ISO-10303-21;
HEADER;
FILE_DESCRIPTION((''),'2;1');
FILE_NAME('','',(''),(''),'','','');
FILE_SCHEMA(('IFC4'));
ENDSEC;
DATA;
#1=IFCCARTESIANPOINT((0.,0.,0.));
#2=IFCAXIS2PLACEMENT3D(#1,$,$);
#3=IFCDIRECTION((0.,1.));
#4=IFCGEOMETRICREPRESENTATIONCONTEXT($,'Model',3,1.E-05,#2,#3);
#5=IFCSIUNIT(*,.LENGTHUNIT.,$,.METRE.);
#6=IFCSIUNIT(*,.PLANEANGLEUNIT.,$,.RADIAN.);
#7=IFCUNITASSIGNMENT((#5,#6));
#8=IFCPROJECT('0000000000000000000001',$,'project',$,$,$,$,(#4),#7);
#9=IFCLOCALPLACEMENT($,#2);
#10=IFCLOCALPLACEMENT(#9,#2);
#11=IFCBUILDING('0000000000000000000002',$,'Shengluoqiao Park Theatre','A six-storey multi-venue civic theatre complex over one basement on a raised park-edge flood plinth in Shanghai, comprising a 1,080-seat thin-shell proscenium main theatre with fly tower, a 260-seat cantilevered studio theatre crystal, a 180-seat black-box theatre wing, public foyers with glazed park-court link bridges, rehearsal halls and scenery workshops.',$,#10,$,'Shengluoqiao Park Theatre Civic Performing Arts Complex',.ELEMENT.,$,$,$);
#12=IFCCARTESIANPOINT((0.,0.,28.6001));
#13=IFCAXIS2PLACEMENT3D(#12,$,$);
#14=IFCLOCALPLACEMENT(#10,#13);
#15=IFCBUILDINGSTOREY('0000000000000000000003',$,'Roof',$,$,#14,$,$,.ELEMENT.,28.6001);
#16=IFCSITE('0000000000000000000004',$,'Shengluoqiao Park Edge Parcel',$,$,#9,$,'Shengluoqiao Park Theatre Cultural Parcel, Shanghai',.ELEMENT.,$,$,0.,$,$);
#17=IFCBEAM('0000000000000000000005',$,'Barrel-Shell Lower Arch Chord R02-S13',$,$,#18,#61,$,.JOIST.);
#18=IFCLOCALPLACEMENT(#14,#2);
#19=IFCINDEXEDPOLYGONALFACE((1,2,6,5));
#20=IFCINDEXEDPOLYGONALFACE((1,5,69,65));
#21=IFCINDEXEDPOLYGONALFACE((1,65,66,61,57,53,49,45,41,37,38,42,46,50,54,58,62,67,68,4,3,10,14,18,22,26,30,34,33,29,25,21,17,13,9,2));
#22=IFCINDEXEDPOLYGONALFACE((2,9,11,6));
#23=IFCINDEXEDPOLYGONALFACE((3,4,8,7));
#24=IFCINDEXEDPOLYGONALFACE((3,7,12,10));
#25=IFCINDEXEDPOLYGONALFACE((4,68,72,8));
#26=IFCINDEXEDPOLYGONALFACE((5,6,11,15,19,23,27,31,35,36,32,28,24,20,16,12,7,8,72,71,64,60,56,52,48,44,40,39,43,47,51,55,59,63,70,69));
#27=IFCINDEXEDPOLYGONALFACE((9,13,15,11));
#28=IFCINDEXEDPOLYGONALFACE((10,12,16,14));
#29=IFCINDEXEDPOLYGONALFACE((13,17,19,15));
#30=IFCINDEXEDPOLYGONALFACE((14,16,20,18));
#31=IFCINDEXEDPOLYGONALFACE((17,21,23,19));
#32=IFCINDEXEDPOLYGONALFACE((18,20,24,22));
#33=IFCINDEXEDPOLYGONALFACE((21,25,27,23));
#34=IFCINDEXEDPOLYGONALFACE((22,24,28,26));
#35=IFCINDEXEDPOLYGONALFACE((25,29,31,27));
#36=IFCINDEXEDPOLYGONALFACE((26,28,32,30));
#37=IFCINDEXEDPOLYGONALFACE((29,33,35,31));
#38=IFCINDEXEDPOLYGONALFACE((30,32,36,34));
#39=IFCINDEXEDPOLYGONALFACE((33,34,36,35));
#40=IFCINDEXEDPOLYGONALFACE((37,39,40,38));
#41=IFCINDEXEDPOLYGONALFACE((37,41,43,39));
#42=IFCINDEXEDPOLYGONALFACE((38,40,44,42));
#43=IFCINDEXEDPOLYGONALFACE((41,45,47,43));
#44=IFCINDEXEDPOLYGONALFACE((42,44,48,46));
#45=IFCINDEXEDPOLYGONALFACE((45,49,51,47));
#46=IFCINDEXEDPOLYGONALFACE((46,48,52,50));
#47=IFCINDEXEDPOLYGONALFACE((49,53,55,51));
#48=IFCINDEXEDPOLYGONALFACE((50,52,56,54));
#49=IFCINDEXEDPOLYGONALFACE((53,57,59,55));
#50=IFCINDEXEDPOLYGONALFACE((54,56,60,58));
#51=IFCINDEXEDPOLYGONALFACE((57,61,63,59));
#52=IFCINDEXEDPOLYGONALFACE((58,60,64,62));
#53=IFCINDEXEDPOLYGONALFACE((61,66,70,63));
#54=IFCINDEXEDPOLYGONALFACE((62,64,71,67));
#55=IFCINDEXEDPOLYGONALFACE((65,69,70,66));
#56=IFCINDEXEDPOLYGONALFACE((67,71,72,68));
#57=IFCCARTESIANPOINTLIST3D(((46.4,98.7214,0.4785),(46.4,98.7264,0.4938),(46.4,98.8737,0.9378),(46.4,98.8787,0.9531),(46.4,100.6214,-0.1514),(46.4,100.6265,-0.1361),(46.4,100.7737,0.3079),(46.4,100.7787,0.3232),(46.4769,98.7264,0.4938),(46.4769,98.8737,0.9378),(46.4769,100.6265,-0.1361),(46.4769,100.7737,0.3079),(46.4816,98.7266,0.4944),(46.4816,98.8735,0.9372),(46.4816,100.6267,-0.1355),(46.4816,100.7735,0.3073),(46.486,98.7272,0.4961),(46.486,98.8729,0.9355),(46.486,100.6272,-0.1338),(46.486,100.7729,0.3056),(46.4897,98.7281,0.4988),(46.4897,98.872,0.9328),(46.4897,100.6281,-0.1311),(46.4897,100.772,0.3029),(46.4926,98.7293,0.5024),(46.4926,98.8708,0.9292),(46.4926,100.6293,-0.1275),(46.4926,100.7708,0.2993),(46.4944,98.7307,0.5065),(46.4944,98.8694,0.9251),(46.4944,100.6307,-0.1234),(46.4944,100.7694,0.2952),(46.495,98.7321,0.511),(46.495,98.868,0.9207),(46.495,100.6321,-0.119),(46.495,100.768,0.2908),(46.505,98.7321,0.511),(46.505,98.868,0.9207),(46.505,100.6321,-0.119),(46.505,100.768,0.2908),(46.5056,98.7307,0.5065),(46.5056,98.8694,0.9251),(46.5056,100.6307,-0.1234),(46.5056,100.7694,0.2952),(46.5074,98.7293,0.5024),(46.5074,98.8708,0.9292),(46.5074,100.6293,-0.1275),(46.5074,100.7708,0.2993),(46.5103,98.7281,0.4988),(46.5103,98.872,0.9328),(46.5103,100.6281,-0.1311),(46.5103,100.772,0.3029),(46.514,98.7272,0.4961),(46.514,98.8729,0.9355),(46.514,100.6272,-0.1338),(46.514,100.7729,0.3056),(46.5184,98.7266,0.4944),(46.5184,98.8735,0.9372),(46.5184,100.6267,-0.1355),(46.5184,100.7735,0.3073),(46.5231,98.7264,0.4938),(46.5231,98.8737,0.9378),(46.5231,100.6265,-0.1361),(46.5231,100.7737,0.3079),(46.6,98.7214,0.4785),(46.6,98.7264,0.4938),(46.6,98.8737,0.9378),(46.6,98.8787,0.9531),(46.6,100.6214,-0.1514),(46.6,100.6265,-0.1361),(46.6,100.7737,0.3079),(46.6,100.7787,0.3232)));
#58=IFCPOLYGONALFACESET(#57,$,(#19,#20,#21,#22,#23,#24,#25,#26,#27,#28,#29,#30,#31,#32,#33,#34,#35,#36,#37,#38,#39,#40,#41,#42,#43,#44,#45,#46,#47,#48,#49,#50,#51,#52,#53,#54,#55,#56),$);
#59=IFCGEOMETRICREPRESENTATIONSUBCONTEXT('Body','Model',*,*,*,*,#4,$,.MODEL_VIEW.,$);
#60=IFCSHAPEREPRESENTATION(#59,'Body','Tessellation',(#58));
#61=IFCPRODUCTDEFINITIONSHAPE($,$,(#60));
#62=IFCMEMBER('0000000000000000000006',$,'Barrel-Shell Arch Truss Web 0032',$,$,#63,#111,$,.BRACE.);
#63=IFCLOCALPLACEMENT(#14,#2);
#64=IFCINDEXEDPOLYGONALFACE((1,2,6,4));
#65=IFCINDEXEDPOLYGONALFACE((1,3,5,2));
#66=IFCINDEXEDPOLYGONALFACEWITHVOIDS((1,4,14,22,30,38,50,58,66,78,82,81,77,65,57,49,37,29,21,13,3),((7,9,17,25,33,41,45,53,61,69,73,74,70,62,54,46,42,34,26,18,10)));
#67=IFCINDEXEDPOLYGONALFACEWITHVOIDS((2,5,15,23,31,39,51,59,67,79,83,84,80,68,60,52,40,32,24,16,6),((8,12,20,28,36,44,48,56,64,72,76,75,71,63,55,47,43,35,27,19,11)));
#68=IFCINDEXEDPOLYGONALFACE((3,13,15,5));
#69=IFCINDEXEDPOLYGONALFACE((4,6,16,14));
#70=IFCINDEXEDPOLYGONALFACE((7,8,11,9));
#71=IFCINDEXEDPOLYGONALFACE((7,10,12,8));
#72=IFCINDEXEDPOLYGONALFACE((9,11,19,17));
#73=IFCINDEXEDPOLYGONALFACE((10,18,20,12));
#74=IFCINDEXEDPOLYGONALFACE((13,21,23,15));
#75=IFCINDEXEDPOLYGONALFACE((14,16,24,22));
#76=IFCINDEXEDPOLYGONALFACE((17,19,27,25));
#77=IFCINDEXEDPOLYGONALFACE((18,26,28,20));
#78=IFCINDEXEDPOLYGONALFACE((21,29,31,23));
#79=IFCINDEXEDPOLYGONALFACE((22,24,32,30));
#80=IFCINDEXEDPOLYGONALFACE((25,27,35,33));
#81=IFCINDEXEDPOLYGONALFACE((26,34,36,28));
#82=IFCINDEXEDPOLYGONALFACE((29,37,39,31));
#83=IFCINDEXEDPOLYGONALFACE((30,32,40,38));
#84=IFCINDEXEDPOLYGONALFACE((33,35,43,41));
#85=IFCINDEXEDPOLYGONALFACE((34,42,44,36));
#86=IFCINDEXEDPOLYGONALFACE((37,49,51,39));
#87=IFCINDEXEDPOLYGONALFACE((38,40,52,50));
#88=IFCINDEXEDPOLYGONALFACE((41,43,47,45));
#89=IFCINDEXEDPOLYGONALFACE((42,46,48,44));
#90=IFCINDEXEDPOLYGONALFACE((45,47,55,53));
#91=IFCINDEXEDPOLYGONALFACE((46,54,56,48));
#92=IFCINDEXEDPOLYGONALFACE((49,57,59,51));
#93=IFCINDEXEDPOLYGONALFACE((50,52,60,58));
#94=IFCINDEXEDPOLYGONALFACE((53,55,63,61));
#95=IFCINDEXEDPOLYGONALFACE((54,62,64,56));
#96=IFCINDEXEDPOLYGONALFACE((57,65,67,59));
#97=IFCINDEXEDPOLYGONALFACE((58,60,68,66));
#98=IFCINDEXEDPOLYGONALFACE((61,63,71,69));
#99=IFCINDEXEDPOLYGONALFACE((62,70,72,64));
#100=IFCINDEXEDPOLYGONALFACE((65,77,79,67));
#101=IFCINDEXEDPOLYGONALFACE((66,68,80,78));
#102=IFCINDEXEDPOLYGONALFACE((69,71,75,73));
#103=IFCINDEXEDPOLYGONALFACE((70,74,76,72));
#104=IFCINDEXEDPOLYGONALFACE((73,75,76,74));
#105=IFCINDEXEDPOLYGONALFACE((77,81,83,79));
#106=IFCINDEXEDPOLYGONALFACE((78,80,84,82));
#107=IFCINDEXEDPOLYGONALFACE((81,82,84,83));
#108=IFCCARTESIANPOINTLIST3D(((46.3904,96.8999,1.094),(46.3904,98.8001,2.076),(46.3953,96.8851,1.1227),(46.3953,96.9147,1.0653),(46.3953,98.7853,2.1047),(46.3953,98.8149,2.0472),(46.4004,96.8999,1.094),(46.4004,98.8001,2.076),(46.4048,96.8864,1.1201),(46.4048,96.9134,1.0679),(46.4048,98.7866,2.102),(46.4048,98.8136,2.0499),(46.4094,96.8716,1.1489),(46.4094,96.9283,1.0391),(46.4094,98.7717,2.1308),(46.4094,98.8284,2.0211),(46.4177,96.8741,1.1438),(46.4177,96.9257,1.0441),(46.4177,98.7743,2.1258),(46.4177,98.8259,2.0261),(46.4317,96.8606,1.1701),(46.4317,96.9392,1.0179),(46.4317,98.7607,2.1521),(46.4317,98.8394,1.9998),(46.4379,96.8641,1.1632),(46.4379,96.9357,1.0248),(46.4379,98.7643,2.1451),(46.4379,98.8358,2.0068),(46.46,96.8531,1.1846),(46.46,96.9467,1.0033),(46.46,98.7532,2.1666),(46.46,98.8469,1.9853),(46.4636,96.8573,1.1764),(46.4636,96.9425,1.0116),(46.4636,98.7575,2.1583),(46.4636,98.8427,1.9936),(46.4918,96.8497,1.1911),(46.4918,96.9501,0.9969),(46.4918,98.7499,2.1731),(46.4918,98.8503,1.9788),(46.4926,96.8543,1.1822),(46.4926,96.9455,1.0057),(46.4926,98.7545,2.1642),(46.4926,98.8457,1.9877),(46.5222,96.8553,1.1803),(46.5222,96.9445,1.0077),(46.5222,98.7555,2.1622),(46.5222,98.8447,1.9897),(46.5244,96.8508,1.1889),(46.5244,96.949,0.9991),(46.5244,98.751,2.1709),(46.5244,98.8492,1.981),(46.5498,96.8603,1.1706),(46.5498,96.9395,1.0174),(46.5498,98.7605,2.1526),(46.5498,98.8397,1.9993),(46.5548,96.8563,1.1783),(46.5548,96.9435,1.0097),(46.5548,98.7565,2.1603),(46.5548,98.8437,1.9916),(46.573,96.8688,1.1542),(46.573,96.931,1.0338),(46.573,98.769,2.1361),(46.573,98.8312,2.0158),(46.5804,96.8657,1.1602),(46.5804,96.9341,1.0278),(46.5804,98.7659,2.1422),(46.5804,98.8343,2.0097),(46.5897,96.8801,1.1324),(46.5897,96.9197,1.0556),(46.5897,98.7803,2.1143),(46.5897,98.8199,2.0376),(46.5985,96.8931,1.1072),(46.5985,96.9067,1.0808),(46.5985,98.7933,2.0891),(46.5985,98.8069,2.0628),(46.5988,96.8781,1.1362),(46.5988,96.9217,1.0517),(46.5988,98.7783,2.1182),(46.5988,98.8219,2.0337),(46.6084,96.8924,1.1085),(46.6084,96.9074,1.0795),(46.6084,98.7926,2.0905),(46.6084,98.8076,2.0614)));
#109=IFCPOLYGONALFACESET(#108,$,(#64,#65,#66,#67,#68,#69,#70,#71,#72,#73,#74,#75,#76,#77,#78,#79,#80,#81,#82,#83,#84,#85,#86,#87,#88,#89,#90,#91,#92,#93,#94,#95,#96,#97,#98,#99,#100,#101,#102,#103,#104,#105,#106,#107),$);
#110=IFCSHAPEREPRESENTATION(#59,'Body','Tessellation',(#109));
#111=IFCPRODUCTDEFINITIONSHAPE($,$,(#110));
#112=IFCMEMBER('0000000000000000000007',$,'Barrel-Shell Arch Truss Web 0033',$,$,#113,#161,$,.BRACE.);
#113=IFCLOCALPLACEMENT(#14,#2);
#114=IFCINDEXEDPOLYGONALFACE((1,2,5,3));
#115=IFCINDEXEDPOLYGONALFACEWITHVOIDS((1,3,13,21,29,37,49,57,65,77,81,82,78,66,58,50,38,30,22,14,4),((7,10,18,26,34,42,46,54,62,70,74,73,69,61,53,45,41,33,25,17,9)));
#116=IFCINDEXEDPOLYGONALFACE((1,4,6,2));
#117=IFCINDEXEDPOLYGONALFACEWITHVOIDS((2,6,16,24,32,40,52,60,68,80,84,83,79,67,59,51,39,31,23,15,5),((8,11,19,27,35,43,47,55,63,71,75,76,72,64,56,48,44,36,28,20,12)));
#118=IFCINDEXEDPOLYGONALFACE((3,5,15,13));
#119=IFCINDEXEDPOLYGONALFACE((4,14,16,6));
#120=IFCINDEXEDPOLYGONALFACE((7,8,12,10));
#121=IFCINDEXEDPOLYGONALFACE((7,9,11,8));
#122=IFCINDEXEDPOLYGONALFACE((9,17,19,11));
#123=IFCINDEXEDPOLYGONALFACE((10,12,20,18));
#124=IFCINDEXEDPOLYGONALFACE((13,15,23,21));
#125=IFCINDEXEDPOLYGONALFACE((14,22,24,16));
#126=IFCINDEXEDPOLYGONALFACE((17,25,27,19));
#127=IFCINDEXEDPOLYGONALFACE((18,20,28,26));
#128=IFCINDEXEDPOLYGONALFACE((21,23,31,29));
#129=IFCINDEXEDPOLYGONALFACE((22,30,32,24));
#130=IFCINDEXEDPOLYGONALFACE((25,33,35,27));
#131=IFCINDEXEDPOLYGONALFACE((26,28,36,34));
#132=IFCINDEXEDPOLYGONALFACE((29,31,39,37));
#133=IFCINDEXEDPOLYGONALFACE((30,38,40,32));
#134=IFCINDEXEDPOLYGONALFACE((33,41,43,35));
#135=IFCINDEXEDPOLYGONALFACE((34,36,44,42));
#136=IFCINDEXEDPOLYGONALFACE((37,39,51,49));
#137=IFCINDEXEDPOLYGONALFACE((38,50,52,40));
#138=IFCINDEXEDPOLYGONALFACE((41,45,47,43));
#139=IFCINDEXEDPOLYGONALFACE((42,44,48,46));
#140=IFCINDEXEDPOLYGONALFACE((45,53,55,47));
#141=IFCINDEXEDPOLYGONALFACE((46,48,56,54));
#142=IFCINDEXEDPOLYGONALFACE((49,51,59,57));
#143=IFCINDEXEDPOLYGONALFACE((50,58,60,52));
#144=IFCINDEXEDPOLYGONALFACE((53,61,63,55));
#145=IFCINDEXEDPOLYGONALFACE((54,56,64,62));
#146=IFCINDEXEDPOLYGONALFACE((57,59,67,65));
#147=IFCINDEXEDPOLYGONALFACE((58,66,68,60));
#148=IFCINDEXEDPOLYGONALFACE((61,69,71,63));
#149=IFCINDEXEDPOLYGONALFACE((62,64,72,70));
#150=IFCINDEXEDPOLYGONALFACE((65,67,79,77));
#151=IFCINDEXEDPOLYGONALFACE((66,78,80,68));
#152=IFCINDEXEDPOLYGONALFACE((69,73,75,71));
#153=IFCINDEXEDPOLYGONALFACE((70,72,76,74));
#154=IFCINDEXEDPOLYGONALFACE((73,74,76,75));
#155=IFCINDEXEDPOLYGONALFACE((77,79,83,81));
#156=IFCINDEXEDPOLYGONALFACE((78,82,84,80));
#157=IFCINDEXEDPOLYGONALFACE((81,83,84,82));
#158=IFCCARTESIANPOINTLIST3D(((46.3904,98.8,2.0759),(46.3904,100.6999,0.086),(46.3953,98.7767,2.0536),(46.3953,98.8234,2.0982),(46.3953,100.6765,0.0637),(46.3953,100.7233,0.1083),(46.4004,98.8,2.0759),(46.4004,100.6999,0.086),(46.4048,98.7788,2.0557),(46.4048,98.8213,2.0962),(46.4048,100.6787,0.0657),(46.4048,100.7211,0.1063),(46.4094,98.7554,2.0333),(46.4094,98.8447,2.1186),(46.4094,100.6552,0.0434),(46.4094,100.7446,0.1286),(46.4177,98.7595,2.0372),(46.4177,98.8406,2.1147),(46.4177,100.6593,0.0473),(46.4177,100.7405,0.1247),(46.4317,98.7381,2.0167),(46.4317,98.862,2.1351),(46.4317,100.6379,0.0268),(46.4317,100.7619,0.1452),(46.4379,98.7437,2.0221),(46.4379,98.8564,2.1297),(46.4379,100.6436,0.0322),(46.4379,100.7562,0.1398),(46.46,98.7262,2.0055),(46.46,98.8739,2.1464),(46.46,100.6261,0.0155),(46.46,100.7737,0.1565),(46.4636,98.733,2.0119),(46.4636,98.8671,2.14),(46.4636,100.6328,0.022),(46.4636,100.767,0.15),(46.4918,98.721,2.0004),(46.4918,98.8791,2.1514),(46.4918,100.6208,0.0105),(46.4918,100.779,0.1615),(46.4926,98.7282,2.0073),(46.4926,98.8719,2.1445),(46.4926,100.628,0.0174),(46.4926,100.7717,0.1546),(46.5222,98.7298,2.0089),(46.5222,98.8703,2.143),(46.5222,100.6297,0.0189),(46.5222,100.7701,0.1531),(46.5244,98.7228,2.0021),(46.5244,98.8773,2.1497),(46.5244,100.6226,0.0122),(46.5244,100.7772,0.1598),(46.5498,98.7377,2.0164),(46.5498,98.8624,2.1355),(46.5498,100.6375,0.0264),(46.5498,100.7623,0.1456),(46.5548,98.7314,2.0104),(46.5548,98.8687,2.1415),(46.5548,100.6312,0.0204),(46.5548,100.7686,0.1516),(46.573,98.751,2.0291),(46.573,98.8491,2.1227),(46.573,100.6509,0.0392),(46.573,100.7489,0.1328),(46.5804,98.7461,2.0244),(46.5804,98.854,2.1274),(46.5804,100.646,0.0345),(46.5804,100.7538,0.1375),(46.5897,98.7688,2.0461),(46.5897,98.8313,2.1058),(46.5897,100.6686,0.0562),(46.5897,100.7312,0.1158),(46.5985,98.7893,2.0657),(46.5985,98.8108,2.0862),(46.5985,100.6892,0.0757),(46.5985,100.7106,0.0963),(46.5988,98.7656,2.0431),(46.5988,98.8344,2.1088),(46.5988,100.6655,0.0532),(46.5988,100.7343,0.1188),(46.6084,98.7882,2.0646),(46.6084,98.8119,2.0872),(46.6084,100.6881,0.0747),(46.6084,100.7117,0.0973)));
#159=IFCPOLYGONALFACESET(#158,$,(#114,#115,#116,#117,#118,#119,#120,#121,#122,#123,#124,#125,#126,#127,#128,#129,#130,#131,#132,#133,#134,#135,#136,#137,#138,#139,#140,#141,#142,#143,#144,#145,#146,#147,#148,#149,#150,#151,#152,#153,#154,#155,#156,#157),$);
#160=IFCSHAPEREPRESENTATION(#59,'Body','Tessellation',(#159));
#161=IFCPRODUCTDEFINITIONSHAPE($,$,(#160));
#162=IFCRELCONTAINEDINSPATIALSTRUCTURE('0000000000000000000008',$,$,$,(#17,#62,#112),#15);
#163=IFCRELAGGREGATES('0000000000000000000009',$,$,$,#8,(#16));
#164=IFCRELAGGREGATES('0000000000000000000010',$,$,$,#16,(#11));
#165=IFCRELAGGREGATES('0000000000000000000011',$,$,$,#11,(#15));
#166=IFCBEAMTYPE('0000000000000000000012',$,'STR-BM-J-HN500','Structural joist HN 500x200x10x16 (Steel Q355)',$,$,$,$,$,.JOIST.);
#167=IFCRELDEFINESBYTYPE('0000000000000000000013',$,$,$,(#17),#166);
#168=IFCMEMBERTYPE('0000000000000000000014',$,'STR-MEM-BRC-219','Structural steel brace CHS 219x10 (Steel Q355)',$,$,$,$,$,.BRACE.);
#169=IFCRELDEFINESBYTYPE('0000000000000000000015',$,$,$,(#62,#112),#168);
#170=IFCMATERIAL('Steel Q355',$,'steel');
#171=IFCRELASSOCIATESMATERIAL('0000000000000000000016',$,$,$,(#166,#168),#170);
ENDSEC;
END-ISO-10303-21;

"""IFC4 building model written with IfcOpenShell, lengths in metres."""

from ifc_helpers import new_model, si_unit, direction, frame, origin, origin_2d, place, context, subcontext, project, spatial, hollow_circle, i_section, extrude, material, material_profile, profile_set, type_object, element, save


model = new_model("IFC4")

# Units and contexts
model_context = context("Model", 3, precision=1e-05, world=origin(), true_north=direction((0.0, 1.0)))
body_context = subcontext(model_context, "Body", "Model", "MODEL_VIEW")
ifc_project = project(units=[si_unit("LENGTHUNIT", "METRE"), si_unit("PLANEANGLEUNIT", "RADIAN")], contexts=[model_context])

# Site, building, storey
site_placement = place(None, origin())
site = spatial("IfcSite", under=ifc_project, at=site_placement, Name="Shengluoqiao Park Edge Parcel", LongName="Shengluoqiao Park Theatre Cultural Parcel, Shanghai", CompositionType="ELEMENT", RefElevation=0.0)
building_placement = place(site_placement, origin())
building = spatial("IfcBuilding", under=site, at=building_placement, Name="Shengluoqiao Park Theatre", Description="A six-storey multi-venue civic theatre complex over one basement on a raised park-edge flood plinth in Shanghai, comprising a 1,080-seat thin-shell proscenium main theatre with fly tower, a 260-seat cantilevered studio theatre crystal, a 180-seat black-box theatre wing, public foyers with glazed park-court link bridges, rehearsal halls and scenery workshops.", LongName="Shengluoqiao Park Theatre Civic Performing Arts Complex", CompositionType="ELEMENT")
storey_placement = place(building_placement, frame((0.0, 0.0, 28.6001)))
storey = spatial("IfcBuildingStorey", under=building, at=storey_placement, Name="Roof", CompositionType="ELEMENT", Elevation=28.6001)

# Beam
ifc_material_1 = material(Name="Steel Q355", Category="steel")
ifc_material_profile_1 = material_profile(ifc_material_1, i_section(OverallWidth=0.2, OverallDepth=0.5, WebThickness=0.01, FlangeThickness=0.0161, FilletRadius=0.0181, at=origin_2d()), Name="HN 500x200x10x16")
ifc_profile_set_1 = profile_set([ifc_material_profile_1], Name="Steel Q355")
beam_type_1 = type_object("IfcBeamType", Name="STR-BM-J-HN500", Description="Structural joist HN 500x200x10x16 (Steel Q355)", PredefinedType="JOIST", material=ifc_profile_set_1)
beam_1_placement = place(storey_placement, frame((46.5, 98.8, 0.7158), z_axis=(0.0, 0.949194, -0.31469), x_axis=(-1.0, 0.0, 0.0)))
element("IfcBeam", 1, at=beam_1_placement, inside=storey, type_object=beam_type_1, Name="Barrel-Shell Lower Arch Chord R02-S13", PredefinedType="JOIST", context=body_context, shape_type="SweptSolid", body=[
    extrude(i_section(OverallWidth=0.2, OverallDepth=0.5, WebThickness=0.01, FlangeThickness=0.0161, FilletRadius=0.0181, at=origin_2d()), origin(), (0.0, 0.0, 1.0), 2.0017),
])

# Members
ifc_material_profile_2 = material_profile(ifc_material_1, hollow_circle(Radius=0.1096, WallThickness=0.01, at=origin_2d()), Name="CHS 219x10")
ifc_profile_set_2 = profile_set([ifc_material_profile_2], Name="Steel Q355")
member_type_1 = type_object("IfcMemberType", Name="STR-MEM-BRC-219", Description="Structural steel brace CHS 219x10 (Steel Q355)", PredefinedType="BRACE", material=ifc_profile_set_2)
member_1_placement = place(storey_placement, frame((46.5, 96.8999, 1.094), z_axis=(0.0, 0.888389, 0.459091), x_axis=(-1.0, 0.0, 0.0)))
element("IfcMember", 2, at=member_1_placement, inside=storey, type_object=member_type_1, Name="Barrel-Shell Arch Truss Web 0032", PredefinedType="BRACE", context=body_context, shape_type="SweptSolid", body=[
    extrude(hollow_circle(Radius=0.1096, WallThickness=0.01, at=origin_2d()), origin(), (0.0, 0.0, 1.0), 2.1389),
])
member_2_placement = place(storey_placement, frame((46.5, 98.8, 2.0759), z_axis=(0.0, 0.690545, -0.723289), x_axis=(-1.0, 0.0, 0.0)))
element("IfcMember", 3, at=member_2_placement, inside=storey, type_object=member_type_1, Name="Barrel-Shell Arch Truss Web 0033", PredefinedType="BRACE", context=body_context, shape_type="SweptSolid", body=[
    extrude(hollow_circle(Radius=0.1096, WallThickness=0.01, at=origin_2d()), origin(), (0.0, 0.0, 1.0), 2.7512),
])

save(model, "model.ifc")
